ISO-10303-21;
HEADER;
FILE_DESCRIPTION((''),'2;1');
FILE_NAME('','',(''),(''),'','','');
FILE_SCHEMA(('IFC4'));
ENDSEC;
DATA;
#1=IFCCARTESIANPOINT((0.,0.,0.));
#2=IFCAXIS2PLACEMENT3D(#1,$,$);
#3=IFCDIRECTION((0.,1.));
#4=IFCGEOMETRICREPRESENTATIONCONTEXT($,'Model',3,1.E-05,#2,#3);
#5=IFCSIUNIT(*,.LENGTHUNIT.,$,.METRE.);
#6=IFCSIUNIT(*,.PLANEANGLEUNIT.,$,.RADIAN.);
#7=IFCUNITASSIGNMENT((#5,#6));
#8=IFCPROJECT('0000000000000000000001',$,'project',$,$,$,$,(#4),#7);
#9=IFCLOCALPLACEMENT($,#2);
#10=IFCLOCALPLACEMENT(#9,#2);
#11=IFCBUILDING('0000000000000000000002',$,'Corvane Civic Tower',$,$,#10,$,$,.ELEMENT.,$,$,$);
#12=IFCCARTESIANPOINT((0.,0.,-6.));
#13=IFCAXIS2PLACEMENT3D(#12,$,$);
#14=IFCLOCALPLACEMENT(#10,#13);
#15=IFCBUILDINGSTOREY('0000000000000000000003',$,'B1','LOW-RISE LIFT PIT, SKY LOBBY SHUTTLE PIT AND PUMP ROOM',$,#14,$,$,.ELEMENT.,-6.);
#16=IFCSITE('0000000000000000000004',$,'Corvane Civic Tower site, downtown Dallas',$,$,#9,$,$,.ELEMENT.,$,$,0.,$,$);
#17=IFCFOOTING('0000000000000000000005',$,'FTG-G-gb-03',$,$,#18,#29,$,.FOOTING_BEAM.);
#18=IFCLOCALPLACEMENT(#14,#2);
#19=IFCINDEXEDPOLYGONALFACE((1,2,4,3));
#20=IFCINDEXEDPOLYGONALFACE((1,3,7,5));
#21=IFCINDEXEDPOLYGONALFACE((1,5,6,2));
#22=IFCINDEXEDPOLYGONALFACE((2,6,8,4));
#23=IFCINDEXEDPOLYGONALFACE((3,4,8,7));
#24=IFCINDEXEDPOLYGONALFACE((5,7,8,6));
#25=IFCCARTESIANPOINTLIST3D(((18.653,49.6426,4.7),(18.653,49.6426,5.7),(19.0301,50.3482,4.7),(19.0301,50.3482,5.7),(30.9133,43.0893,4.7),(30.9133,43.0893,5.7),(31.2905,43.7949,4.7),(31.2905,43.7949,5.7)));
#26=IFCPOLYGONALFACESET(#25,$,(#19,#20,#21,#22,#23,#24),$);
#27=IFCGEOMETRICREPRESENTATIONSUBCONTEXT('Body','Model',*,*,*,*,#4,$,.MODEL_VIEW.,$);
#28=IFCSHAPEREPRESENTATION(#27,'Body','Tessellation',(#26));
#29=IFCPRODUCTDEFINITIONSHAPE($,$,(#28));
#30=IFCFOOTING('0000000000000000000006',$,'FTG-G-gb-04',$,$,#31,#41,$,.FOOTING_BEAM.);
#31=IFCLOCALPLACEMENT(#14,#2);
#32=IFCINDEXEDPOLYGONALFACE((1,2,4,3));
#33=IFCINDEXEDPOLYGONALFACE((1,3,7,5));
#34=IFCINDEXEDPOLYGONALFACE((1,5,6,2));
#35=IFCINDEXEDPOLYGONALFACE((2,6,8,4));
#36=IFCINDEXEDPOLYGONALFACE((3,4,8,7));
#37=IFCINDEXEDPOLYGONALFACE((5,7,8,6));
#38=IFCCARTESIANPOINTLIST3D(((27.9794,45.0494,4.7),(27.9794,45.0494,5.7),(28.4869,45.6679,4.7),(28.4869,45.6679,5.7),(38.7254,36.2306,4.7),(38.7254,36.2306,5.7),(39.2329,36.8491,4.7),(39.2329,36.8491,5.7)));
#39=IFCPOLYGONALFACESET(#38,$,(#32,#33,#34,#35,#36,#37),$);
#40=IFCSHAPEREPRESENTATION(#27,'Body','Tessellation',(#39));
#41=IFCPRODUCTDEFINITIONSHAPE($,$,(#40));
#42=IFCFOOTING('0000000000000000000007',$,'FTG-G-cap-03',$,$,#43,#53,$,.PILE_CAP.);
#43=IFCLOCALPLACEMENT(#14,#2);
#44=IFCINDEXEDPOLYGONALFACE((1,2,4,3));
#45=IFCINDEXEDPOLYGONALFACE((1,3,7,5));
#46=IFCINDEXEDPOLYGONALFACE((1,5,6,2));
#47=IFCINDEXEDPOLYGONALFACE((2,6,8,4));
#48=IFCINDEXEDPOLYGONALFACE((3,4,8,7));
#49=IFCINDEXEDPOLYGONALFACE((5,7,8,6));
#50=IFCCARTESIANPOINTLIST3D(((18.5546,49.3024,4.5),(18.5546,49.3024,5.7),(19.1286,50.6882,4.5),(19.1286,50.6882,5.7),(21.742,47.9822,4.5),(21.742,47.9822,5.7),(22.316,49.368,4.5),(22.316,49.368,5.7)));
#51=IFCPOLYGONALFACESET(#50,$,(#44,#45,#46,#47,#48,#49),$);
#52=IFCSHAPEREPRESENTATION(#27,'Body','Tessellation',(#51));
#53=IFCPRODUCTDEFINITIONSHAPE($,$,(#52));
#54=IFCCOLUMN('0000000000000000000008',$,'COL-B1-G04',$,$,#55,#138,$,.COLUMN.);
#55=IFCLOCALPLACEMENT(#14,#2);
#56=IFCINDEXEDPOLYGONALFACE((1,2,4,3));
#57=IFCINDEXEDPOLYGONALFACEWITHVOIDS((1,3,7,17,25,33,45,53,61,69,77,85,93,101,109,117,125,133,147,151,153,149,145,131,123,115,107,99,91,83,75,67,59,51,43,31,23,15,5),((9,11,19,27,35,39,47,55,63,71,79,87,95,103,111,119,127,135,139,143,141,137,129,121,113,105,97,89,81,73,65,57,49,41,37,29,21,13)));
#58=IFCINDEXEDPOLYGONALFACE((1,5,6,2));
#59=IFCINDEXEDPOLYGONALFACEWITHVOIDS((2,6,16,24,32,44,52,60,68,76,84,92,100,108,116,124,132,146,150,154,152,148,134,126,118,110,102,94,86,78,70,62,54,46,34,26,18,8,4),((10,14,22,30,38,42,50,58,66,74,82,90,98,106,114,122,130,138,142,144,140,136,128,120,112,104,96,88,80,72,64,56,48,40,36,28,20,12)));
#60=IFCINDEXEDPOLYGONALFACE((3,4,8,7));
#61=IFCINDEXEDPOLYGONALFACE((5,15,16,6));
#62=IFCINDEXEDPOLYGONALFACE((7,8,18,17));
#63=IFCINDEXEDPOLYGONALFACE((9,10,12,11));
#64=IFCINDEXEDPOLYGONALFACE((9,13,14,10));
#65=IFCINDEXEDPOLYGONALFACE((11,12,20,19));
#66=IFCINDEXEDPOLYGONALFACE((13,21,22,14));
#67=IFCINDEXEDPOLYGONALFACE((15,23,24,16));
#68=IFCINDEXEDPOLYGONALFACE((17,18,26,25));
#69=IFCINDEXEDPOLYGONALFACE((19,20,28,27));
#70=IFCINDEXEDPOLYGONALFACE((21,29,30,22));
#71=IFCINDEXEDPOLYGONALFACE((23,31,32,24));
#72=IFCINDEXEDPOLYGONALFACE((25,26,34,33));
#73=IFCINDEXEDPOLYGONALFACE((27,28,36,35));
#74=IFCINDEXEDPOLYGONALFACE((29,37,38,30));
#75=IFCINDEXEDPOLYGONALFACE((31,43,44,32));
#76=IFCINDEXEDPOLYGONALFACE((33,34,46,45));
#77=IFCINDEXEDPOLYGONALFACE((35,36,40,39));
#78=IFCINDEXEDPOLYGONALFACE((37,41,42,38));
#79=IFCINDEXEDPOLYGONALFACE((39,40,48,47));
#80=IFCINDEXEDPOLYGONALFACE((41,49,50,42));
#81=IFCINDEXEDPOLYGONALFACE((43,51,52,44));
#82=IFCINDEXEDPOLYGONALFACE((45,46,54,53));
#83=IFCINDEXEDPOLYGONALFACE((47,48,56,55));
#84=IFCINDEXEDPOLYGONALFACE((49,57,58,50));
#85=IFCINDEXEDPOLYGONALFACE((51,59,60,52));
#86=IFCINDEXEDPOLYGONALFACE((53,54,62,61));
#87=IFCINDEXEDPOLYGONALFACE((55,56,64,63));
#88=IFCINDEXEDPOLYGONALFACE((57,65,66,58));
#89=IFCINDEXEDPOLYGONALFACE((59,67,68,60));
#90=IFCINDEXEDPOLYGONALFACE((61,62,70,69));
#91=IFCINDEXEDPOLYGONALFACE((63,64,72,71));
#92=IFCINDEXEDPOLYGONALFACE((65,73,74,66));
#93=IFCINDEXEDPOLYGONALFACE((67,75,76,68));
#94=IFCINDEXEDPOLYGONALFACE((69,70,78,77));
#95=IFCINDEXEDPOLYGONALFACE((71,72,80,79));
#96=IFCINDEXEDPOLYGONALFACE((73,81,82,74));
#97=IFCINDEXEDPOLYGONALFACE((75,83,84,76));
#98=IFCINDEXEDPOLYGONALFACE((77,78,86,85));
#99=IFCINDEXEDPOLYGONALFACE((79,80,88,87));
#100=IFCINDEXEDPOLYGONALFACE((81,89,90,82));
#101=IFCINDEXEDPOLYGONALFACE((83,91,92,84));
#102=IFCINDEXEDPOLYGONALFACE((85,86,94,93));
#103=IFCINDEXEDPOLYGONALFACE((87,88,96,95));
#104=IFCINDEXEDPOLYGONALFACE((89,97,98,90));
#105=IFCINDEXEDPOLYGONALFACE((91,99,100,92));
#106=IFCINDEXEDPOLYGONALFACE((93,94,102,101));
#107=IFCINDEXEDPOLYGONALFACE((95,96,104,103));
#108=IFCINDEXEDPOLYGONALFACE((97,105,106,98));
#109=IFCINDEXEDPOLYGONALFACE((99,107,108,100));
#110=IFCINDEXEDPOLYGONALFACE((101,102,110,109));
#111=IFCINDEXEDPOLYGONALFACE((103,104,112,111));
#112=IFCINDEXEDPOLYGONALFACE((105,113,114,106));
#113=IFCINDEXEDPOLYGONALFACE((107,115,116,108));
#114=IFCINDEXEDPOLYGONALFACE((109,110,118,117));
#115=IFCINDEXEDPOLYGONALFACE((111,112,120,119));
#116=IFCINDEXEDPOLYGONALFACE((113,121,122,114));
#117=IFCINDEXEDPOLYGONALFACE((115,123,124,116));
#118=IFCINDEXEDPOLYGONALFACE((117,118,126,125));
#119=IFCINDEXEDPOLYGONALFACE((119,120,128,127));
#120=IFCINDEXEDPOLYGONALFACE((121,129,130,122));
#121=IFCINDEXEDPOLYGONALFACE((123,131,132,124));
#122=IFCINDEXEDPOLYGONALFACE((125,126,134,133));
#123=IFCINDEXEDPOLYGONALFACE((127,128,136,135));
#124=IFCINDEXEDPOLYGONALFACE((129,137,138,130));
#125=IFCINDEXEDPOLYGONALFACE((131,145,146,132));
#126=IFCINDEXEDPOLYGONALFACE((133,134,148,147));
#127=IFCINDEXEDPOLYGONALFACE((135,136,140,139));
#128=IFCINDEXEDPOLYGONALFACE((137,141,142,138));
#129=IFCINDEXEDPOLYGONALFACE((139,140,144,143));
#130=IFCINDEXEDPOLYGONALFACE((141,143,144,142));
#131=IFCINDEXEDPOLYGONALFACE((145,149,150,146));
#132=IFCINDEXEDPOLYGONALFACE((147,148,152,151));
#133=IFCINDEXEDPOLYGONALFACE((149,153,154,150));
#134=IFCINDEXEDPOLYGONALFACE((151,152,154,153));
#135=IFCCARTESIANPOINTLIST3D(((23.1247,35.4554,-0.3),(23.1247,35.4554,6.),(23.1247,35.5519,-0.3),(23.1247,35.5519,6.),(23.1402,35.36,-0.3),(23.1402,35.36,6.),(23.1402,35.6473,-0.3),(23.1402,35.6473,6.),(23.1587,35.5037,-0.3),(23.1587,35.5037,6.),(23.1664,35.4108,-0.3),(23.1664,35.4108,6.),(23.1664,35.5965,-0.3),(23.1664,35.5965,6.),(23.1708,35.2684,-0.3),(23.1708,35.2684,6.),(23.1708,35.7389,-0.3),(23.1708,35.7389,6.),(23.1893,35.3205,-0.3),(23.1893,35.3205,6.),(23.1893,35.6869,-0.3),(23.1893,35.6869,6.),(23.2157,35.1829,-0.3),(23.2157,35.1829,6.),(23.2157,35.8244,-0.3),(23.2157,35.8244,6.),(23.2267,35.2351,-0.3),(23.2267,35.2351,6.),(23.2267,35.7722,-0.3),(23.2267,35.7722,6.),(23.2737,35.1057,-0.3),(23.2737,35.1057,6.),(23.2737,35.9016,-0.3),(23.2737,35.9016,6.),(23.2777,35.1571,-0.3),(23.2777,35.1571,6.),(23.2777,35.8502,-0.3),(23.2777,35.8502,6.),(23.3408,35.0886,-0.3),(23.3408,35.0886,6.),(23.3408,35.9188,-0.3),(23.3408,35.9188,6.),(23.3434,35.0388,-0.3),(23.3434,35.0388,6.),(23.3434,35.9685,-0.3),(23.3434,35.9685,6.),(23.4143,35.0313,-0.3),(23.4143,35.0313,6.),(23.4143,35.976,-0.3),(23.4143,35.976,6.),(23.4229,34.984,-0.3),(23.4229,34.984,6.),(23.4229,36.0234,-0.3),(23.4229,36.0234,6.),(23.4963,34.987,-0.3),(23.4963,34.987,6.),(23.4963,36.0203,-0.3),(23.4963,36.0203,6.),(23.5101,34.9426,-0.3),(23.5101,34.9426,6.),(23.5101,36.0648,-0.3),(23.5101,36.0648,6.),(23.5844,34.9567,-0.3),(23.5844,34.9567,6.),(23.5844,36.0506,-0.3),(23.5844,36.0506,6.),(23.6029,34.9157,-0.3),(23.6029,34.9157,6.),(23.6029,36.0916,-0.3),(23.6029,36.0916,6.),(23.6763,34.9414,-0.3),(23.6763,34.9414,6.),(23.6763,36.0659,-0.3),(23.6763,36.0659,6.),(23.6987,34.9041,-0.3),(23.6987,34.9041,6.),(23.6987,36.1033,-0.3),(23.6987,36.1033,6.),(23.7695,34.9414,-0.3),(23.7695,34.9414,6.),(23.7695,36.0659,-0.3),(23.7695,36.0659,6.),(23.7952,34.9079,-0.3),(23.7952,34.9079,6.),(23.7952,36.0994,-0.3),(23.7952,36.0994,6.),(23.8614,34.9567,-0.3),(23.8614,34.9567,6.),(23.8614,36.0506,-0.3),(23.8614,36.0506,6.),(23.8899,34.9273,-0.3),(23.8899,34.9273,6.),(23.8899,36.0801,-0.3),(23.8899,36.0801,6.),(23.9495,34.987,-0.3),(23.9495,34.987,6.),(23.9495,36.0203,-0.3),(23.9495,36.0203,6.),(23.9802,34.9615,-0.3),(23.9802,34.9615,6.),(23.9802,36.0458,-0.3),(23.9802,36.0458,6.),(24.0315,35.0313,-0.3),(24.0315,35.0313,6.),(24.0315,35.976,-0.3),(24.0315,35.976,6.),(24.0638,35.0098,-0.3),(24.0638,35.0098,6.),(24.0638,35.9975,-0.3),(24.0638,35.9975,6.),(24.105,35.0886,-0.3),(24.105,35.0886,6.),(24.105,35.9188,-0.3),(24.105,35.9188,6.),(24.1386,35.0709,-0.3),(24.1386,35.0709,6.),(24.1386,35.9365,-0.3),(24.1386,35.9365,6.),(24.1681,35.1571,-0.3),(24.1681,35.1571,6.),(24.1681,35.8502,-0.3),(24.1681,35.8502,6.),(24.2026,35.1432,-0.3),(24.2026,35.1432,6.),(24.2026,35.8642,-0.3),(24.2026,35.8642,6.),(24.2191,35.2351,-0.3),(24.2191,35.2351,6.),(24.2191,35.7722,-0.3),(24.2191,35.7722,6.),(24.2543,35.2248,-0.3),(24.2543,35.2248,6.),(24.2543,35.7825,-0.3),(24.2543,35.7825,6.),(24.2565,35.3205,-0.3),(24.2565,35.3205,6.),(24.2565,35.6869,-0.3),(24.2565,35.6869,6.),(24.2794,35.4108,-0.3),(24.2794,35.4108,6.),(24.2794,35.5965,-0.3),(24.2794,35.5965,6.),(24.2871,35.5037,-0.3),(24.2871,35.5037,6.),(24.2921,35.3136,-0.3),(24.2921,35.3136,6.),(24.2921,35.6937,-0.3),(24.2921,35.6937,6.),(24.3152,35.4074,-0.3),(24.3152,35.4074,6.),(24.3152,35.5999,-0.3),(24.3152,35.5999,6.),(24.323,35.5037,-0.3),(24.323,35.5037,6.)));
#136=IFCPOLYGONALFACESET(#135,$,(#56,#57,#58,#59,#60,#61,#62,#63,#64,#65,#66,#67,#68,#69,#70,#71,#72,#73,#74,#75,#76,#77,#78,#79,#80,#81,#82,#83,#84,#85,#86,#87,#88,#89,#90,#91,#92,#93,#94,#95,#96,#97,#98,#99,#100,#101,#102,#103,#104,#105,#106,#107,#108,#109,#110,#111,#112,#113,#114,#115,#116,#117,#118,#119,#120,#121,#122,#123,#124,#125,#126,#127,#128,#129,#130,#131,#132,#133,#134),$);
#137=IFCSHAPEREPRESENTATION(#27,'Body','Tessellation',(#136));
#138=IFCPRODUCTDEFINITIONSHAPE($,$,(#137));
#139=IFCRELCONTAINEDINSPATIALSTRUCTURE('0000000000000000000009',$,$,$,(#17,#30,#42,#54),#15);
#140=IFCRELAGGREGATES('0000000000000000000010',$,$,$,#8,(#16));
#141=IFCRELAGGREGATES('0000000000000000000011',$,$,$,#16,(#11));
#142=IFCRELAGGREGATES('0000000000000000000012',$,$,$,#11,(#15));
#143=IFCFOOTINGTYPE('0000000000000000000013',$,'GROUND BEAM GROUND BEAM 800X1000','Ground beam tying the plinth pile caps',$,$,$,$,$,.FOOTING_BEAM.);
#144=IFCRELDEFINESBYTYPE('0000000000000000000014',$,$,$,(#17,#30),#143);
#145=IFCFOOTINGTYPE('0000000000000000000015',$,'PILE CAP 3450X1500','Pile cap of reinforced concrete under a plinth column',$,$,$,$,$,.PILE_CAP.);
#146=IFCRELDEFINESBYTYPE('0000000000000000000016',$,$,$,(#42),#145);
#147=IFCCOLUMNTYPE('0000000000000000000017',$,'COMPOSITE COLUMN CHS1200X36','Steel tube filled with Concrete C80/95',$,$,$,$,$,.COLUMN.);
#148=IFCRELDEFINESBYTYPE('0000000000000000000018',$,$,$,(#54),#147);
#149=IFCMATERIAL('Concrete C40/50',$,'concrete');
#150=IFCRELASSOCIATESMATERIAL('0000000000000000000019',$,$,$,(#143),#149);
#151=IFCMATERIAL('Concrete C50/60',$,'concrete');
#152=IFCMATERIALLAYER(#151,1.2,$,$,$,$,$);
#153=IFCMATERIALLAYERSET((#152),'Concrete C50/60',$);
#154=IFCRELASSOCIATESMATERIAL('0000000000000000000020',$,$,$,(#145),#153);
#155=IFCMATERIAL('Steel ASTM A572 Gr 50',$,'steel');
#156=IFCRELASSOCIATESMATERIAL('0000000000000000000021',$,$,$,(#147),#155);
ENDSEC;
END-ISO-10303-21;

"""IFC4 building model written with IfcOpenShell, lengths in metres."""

from ifc_helpers import new_model, si_unit, direction, frame, origin, origin_2d, place, context, subcontext, project, spatial, rectangle, hollow_circle, extrude, material, layer, layer_set, material_profile, profile_set, type_object, element, save


model = new_model("IFC4")

# Units and contexts
model_context = context("Model", 3, precision=1e-05, world=origin(), true_north=direction((0.0, 1.0)))
body_context = subcontext(model_context, "Body", "Model", "MODEL_VIEW")
ifc_project = project(units=[si_unit("LENGTHUNIT", "METRE"), si_unit("PLANEANGLEUNIT", "RADIAN")], contexts=[model_context])

# Site, building, storey
site_placement = place(None, origin())
site = spatial("IfcSite", under=ifc_project, at=site_placement, Name="Corvane Civic Tower site, downtown Dallas", CompositionType="ELEMENT", RefElevation=0.0)
building_placement = place(site_placement, origin())
building = spatial("IfcBuilding", under=site, at=building_placement, Name="Corvane Civic Tower", CompositionType="ELEMENT")
storey_placement = place(building_placement, frame((0.0, 0.0, -6.0)))
storey = spatial("IfcBuildingStorey", under=building, at=storey_placement, Name="B1", Description="LOW-RISE LIFT PIT, SKY LOBBY SHUTTLE PIT AND PUMP ROOM", CompositionType="ELEMENT", Elevation=-6.0)

# Footings
ifc_material_1 = material(Name="Concrete C40/50", Category="concrete")
ifc_material_profile_1 = material_profile(ifc_material_1, rectangle(XDim=0.8, YDim=1.0, at=origin_2d()), Name="GROUND BEAM 800X1000")
ifc_profile_set_1 = profile_set([ifc_material_profile_1], Name="Concrete C40/50")
footing_type_1 = type_object("IfcFootingType", Name="GROUND BEAM GROUND BEAM 800X1000", Description="Ground beam tying the plinth pile caps", PredefinedType="FOOTING_BEAM", material=ifc_profile_set_1)
footing_1_placement = place(storey_placement, frame((18.8416, 49.9954, 5.2), z_axis=(0.881922, -0.471396, 0.0), x_axis=(0.471396, 0.881922, 0.0)))
element("IfcFooting", 1, at=footing_1_placement, inside=storey, type_object=footing_type_1, Name="FTG-G-gb-03", PredefinedType="FOOTING_BEAM", context=body_context, shape_type="SweptSolid", body=[
    extrude(rectangle(XDim=0.8, YDim=1.0, at=origin_2d()), origin(), (0.0, 0.0, 1.0), 13.9019),
])
footing_2_placement = place(storey_placement, frame((28.2332, 45.3586, 5.2), z_axis=(0.773019, -0.634383, 0.0), x_axis=(0.634383, 0.773019, 0.0)))
element("IfcFooting", 2, at=footing_2_placement, inside=storey, type_object=footing_type_1, Name="FTG-G-gb-04", PredefinedType="FOOTING_BEAM", context=body_context, shape_type="SweptSolid", body=[
    extrude(rectangle(XDim=0.8, YDim=1.0, at=origin_2d()), origin(), (0.0, 0.0, 1.0), 13.9014),
])
ifc_material_2 = material(Name="Concrete C50/60", Category="concrete")
ifc_layer = layer(ifc_material_2, 1.2)
ifc_layer_set = layer_set([ifc_layer], Name="Concrete C50/60")
footing_type_2 = type_object("IfcFootingType", Name="PILE CAP 3450X1500", Description="Pile cap of reinforced concrete under a plinth column", PredefinedType="PILE_CAP", material=ifc_layer_set)
footing_3_placement = place(storey_placement, frame((20.4353, 49.3352, 4.5), z_axis=(0.0, 0.0, 1.0), x_axis=(-0.92388, 0.382683, 0.0)))
element("IfcFooting", 3, at=footing_3_placement, inside=storey, type_object=footing_type_2, Name="FTG-G-cap-03", PredefinedType="PILE_CAP", context=body_context, shape_type="SweptSolid", body=[
    extrude(rectangle(XDim=3.45, YDim=1.5, at=origin_2d()), origin(), (0.0, 0.0, 1.0), 1.2),
])

# Column
ifc_material_3 = material(Name="Steel ASTM A572 Gr 50", Category="steel")
ifc_material_profile_2 = material_profile(ifc_material_3, hollow_circle(Radius=0.6001, WallThickness=0.0359, at=origin_2d()), Name="CHS1200X36")
ifc_profile_set_2 = profile_set([ifc_material_profile_2], Name="Steel ASTM A572 Gr 50")
column_type_1 = type_object("IfcColumnType", Name="COMPOSITE COLUMN CHS1200X36", Description="Steel tube filled with Concrete C80/95", PredefinedType="COLUMN", material=ifc_profile_set_2)
column_placement = place(storey_placement, frame((23.7229, 35.5037, -0.3), z_axis=(0.0, 0.0, 1.0), x_axis=(1.0, 0.0, 0.0)))
element("IfcColumn", 4, at=column_placement, inside=storey, type_object=column_type_1, Name="COL-B1-G04", PredefinedType="COLUMN", context=body_context, shape_type="SweptSolid", body=[
    extrude(hollow_circle(Radius=0.6001, WallThickness=0.0359, at=origin_2d()), origin(), (0.0, 0.0, 1.0), 6.3),
])

save(model, "model.ifc")
